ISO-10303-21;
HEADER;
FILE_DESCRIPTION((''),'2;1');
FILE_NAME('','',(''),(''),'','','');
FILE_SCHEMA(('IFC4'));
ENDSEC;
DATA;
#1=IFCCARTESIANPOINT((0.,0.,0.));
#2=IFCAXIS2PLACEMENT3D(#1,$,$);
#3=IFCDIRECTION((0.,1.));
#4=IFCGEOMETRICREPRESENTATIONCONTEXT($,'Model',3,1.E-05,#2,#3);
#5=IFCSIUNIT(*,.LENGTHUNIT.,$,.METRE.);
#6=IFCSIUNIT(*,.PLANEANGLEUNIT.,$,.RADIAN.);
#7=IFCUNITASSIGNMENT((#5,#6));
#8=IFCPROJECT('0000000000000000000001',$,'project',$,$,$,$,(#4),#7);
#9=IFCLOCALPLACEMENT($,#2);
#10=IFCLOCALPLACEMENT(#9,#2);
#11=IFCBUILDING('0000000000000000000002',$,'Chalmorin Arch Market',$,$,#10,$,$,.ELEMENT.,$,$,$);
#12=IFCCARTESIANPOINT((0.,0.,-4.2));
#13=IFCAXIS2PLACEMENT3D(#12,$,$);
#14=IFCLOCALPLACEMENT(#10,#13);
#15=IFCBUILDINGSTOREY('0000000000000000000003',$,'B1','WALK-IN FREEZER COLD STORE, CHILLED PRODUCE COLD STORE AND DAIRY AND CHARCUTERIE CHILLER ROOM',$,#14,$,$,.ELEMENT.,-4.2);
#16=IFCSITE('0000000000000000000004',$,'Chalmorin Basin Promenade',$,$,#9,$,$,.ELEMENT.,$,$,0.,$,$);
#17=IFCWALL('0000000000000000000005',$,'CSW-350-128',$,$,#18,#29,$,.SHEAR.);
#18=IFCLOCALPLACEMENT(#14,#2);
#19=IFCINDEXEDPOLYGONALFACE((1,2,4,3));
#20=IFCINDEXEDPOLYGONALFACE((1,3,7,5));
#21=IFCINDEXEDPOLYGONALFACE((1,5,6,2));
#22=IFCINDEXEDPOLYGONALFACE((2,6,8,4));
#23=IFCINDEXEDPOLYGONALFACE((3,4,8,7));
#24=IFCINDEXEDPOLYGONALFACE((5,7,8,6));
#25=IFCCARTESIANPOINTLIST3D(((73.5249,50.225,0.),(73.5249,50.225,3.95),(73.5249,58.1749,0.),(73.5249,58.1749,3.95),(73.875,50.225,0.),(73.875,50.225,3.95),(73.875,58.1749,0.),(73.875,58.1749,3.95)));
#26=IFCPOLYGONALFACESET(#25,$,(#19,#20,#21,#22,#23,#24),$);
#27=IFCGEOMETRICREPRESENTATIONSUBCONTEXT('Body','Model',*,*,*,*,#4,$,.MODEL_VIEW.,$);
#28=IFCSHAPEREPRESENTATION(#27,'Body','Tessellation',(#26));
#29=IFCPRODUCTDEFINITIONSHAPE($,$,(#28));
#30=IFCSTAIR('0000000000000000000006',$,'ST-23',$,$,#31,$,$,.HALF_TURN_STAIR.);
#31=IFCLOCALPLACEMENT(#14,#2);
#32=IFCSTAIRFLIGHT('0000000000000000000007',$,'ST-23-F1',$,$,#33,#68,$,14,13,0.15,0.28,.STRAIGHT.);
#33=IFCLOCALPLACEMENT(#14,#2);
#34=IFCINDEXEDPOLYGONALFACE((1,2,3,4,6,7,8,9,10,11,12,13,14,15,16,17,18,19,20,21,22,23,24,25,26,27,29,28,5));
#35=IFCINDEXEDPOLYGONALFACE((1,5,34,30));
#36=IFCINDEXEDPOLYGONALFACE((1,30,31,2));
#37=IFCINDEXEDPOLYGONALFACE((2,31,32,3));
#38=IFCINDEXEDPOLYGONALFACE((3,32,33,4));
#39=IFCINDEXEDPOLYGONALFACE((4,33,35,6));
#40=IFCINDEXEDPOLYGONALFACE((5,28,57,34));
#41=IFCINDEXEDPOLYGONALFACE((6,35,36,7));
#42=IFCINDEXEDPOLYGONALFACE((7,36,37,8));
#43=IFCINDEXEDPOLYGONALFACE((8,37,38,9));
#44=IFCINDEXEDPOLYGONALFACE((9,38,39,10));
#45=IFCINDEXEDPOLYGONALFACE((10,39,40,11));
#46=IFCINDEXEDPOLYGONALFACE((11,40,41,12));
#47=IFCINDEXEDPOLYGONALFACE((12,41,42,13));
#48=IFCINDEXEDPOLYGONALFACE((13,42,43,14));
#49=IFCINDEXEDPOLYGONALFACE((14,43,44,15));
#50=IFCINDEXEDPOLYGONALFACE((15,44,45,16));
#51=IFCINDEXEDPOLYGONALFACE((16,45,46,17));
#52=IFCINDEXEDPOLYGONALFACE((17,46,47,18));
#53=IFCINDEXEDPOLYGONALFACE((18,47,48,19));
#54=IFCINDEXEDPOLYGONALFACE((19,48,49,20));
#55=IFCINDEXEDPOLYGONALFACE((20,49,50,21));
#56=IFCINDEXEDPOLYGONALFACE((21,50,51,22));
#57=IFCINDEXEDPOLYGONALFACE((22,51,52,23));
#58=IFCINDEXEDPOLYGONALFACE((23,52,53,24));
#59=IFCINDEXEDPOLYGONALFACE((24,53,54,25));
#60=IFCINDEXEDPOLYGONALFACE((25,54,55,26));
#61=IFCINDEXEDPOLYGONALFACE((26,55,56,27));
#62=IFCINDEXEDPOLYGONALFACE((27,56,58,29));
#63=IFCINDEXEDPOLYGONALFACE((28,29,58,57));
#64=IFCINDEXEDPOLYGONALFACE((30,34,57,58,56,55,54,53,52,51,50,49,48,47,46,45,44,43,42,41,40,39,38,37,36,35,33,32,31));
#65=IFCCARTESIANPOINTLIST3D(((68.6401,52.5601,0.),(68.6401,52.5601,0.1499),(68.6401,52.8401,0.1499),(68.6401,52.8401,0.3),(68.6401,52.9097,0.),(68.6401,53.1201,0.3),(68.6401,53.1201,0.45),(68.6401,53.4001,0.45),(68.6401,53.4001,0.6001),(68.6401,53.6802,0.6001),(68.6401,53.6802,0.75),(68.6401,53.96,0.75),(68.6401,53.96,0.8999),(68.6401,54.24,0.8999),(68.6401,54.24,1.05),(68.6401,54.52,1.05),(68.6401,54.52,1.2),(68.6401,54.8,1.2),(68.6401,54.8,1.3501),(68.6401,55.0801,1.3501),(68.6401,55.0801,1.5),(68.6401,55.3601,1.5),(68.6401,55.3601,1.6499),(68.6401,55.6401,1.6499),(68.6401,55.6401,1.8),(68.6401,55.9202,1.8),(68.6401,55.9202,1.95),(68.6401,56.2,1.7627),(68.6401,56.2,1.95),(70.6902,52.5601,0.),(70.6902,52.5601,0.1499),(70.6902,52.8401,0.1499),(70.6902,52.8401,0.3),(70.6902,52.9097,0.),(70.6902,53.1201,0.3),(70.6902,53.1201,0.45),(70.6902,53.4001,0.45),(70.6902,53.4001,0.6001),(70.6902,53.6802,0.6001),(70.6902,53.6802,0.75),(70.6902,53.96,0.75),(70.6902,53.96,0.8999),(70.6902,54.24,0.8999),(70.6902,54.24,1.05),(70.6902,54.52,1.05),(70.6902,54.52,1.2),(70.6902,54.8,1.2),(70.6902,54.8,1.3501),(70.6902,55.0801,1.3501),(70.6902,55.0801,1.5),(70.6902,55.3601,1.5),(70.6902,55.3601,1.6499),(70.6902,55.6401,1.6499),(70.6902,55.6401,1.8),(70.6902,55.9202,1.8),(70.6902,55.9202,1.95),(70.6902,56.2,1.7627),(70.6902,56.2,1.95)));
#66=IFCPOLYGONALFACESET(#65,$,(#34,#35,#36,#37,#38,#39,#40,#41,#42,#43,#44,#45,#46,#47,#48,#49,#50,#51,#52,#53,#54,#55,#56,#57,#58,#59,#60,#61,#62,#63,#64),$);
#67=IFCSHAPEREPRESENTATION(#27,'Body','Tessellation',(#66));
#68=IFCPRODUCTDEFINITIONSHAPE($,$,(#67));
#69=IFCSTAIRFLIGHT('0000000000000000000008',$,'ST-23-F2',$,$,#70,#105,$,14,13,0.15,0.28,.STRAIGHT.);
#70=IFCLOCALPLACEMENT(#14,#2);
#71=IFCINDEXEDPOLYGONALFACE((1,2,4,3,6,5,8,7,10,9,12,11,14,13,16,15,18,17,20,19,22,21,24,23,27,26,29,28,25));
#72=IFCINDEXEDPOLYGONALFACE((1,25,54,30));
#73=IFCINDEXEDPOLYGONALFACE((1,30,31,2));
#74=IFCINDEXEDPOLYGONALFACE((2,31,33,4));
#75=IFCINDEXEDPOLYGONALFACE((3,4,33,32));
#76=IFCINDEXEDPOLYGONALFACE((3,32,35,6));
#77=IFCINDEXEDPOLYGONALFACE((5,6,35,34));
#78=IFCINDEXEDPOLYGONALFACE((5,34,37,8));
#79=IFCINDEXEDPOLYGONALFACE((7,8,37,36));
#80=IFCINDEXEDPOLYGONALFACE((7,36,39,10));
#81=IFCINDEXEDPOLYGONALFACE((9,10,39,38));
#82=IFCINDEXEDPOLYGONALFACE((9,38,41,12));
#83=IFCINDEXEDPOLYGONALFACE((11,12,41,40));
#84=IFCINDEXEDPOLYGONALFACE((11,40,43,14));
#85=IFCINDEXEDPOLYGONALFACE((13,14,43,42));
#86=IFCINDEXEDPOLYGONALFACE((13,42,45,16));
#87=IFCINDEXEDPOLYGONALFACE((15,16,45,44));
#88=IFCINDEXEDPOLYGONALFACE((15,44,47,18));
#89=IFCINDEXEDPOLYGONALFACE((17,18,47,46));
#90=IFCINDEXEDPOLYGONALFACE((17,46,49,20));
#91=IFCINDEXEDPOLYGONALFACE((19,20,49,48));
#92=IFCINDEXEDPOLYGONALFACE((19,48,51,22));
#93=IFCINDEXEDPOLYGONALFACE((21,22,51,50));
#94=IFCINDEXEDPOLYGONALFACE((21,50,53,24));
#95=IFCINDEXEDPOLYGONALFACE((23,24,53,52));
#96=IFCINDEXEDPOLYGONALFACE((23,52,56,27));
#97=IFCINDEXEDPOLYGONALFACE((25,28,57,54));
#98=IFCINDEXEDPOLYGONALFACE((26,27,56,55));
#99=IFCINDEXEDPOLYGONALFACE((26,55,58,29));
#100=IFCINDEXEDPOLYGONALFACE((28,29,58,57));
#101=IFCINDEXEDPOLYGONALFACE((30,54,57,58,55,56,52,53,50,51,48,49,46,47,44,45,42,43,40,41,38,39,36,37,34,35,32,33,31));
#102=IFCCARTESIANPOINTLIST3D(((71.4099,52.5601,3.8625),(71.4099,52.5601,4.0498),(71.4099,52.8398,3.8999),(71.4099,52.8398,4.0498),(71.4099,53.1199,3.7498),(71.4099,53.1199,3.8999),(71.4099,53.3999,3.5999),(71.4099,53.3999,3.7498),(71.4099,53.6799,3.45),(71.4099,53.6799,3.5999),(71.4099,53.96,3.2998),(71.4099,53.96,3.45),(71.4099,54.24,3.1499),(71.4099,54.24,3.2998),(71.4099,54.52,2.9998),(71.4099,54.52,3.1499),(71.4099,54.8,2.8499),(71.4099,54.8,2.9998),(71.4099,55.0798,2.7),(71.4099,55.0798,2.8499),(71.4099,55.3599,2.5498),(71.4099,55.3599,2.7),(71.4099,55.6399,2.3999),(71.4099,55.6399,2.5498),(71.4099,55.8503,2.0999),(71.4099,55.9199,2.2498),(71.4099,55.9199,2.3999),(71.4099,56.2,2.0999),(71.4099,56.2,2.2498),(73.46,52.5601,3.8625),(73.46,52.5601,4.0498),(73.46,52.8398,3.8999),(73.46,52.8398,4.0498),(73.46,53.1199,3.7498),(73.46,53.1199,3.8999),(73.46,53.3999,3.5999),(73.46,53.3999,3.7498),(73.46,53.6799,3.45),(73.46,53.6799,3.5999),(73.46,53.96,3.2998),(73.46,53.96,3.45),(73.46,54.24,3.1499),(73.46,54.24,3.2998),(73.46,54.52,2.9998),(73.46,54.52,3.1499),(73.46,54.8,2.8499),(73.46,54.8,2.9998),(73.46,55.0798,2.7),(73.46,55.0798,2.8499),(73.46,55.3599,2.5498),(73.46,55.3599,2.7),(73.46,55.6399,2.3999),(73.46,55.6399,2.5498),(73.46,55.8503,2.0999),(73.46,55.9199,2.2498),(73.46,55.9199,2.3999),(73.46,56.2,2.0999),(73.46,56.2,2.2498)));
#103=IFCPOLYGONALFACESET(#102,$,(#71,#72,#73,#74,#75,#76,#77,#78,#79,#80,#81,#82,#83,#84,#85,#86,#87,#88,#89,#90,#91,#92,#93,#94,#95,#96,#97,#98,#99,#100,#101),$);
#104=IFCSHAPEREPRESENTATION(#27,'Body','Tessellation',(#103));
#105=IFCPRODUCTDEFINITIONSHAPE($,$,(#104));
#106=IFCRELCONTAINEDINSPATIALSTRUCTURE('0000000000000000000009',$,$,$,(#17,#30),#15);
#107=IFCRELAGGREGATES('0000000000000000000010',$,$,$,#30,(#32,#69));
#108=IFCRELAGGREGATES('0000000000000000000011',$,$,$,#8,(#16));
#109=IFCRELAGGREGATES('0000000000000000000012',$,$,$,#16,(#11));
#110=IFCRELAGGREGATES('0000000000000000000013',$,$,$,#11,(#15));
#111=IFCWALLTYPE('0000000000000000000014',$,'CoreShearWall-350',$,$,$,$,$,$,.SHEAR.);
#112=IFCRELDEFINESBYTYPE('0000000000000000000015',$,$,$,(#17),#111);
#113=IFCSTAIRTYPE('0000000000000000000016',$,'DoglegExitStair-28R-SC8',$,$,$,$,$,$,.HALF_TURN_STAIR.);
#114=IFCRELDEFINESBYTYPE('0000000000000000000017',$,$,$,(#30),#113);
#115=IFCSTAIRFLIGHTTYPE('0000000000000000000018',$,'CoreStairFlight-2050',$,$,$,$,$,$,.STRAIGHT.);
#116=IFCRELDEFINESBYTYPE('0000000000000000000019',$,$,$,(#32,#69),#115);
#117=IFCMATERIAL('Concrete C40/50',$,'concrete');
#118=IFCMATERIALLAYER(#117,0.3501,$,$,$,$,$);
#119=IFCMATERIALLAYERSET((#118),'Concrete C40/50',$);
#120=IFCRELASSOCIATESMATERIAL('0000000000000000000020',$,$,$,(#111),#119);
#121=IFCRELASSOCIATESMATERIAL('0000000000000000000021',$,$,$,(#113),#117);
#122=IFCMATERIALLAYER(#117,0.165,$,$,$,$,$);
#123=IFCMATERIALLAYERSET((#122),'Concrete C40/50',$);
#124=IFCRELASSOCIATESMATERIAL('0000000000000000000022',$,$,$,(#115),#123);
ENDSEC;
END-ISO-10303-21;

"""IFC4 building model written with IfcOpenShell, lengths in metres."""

from ifc_helpers import new_model, si_unit, direction, frame, frame_2d, origin, place, context, subcontext, project, spatial, polyline, rectangle, outline, extrude, material, layer, layer_set, type_object, element, aggregate, save


model = new_model("IFC4")

# Units and contexts
model_context = context("Model", 3, precision=1e-05, world=origin(), true_north=direction((0.0, 1.0)))
body_context = subcontext(model_context, "Body", "Model", "MODEL_VIEW")
ifc_project = project(units=[si_unit("LENGTHUNIT", "METRE"), si_unit("PLANEANGLEUNIT", "RADIAN")], contexts=[model_context])

# Site, building, storey
site_placement = place(None, origin())
site = spatial("IfcSite", under=ifc_project, at=site_placement, Name="Chalmorin Basin Promenade", CompositionType="ELEMENT", RefElevation=0.0)
building_placement = place(site_placement, origin())
building = spatial("IfcBuilding", under=site, at=building_placement, Name="Chalmorin Arch Market", CompositionType="ELEMENT")
storey_placement = place(building_placement, frame((0.0, 0.0, -4.2)))
storey = spatial("IfcBuildingStorey", under=building, at=storey_placement, Name="B1", Description="WALK-IN FREEZER COLD STORE, CHILLED PRODUCE COLD STORE AND DAIRY AND CHARCUTERIE CHILLER ROOM", CompositionType="ELEMENT", Elevation=-4.2)

# Shared definitions
ifc_material_1 = material(Name="Concrete C40/50", Category="concrete")

# Wall
ifc_layer_1 = layer(ifc_material_1, 0.3501)
ifc_layer_set_1 = layer_set([ifc_layer_1], Name="Concrete C40/50")
wall_type_1 = type_object("IfcWallType", Name="CoreShearWall-350", PredefinedType="SHEAR", material=ifc_layer_set_1)
wall_1_placement = place(storey_placement, frame((73.7, 58.175, 0.0), z_axis=(0.0, 0.0, 1.0), x_axis=(0.0, -1.0, 0.0)))
element("IfcWall", 1, at=wall_1_placement, inside=storey, type_object=wall_type_1, Name="CSW-350-128", PredefinedType="SHEAR", context=body_context, shape_type="SweptSolid", body=[
    extrude(rectangle(XDim=7.95, YDim=0.3501, at=frame_2d((3.9751, 0.0))), origin(), (0.0, 0.0, 1.0), 3.95),
])

# Stair, stair flights
stair_type = type_object("IfcStairType", Name="DoglegExitStair-28R-SC8", PredefinedType="HALF_TURN_STAIR", material=ifc_material_1)
stair_placement = place(storey_placement, origin())
stair = element("IfcStair", 2, at=stair_placement, inside=storey, type_object=stair_type, Name="ST-23", PredefinedType="HALF_TURN_STAIR")
ifc_layer_2 = layer(ifc_material_1, 0.165)
ifc_layer_set_2 = layer_set([ifc_layer_2], Name="Concrete C40/50")
stair_flight_type = type_object("IfcStairFlightType", Name="CoreStairFlight-2050", PredefinedType="STRAIGHT", material=ifc_layer_set_2)
stair_flight_1_placement = place(storey_placement, frame((69.665, 52.5601, 0.0), z_axis=(0.0, 0.0, 1.0), x_axis=(0.0, 1.0, 0.0)))
stair_flight_1 = element("IfcStairFlight", 3, at=stair_flight_1_placement, type_object=stair_flight_type, Name="ST-23-F1", NumberOfRisers=14, NumberOfTreads=13, PredefinedType="STRAIGHT", RiserHeight=0.15, TreadLength=0.28, context=body_context, shape_type="SweptSolid", body=[
    extrude(outline(polyline([(0.0, 0.0), (0.0, 0.1499), (0.28, 0.1499), (0.28, 0.3), (0.5601, 0.3), (0.5601, 0.45), (0.8401, 0.45), (0.8401, 0.6001), (1.1201, 0.6001), (1.1201, 0.75), (1.3999, 0.75), (1.3999, 0.8999), (1.6799, 0.8999), (1.6799, 1.05), (1.96, 1.05), (1.96, 1.2), (2.24, 1.2), (2.24, 1.3501), (2.52, 1.3501), (2.52, 1.5), (2.8, 1.5), (2.8, 1.6499), (3.0801, 1.6499), (3.0801, 1.8), (3.3601, 1.8), (3.3601, 1.95), (3.6399, 1.95), (3.6399, 2.1001), (3.6399, 1.7627), (0.3496, 0.0), (0.0, 0.0)])), frame((0.0, 1.0249, 0.0), z_axis=(0.0, -1.0, 0.0), x_axis=(1.0, 0.0, 0.0)), (0.0, 0.0, 1.0), 2.05),
])
stair_flight_2_placement = place(storey_placement, frame((72.4351, 56.2, 2.0999), z_axis=(0.0, 0.0, 1.0), x_axis=(0.0, -1.0, 0.0)))
stair_flight_2 = element("IfcStairFlight", 4, at=stair_flight_2_placement, type_object=stair_flight_type, Name="ST-23-F2", NumberOfRisers=14, NumberOfTreads=13, PredefinedType="STRAIGHT", RiserHeight=0.15, TreadLength=0.28, context=body_context, shape_type="SweptSolid", body=[
    extrude(outline(polyline([(0.0, 0.0), (0.0, 0.1499), (0.28, 0.1499), (0.28, 0.3), (0.5601, 0.3), (0.5601, 0.45), (0.8401, 0.45), (0.8401, 0.6001), (1.1201, 0.6001), (1.1201, 0.75), (1.3999, 0.75), (1.3999, 0.8999), (1.6799, 0.8999), (1.6799, 1.05), (1.96, 1.05), (1.96, 1.2), (2.24, 1.2), (2.24, 1.3501), (2.52, 1.3501), (2.52, 1.5), (2.8, 1.5), (2.8, 1.6499), (3.0801, 1.6499), (3.0801, 1.8), (3.3601, 1.8), (3.3601, 1.95), (3.6399, 1.95), (3.6399, 2.1001), (3.6399, 1.7627), (0.3496, 0.0), (0.0, 0.0)])), frame((0.0, 1.0249, 0.0), z_axis=(0.0, -1.0, 0.0), x_axis=(1.0, 0.0, 0.0)), (0.0, 0.0, 1.0), 2.05),
])
aggregate(stair, [stair_flight_1, stair_flight_2])

save(model, "model.ifc")
